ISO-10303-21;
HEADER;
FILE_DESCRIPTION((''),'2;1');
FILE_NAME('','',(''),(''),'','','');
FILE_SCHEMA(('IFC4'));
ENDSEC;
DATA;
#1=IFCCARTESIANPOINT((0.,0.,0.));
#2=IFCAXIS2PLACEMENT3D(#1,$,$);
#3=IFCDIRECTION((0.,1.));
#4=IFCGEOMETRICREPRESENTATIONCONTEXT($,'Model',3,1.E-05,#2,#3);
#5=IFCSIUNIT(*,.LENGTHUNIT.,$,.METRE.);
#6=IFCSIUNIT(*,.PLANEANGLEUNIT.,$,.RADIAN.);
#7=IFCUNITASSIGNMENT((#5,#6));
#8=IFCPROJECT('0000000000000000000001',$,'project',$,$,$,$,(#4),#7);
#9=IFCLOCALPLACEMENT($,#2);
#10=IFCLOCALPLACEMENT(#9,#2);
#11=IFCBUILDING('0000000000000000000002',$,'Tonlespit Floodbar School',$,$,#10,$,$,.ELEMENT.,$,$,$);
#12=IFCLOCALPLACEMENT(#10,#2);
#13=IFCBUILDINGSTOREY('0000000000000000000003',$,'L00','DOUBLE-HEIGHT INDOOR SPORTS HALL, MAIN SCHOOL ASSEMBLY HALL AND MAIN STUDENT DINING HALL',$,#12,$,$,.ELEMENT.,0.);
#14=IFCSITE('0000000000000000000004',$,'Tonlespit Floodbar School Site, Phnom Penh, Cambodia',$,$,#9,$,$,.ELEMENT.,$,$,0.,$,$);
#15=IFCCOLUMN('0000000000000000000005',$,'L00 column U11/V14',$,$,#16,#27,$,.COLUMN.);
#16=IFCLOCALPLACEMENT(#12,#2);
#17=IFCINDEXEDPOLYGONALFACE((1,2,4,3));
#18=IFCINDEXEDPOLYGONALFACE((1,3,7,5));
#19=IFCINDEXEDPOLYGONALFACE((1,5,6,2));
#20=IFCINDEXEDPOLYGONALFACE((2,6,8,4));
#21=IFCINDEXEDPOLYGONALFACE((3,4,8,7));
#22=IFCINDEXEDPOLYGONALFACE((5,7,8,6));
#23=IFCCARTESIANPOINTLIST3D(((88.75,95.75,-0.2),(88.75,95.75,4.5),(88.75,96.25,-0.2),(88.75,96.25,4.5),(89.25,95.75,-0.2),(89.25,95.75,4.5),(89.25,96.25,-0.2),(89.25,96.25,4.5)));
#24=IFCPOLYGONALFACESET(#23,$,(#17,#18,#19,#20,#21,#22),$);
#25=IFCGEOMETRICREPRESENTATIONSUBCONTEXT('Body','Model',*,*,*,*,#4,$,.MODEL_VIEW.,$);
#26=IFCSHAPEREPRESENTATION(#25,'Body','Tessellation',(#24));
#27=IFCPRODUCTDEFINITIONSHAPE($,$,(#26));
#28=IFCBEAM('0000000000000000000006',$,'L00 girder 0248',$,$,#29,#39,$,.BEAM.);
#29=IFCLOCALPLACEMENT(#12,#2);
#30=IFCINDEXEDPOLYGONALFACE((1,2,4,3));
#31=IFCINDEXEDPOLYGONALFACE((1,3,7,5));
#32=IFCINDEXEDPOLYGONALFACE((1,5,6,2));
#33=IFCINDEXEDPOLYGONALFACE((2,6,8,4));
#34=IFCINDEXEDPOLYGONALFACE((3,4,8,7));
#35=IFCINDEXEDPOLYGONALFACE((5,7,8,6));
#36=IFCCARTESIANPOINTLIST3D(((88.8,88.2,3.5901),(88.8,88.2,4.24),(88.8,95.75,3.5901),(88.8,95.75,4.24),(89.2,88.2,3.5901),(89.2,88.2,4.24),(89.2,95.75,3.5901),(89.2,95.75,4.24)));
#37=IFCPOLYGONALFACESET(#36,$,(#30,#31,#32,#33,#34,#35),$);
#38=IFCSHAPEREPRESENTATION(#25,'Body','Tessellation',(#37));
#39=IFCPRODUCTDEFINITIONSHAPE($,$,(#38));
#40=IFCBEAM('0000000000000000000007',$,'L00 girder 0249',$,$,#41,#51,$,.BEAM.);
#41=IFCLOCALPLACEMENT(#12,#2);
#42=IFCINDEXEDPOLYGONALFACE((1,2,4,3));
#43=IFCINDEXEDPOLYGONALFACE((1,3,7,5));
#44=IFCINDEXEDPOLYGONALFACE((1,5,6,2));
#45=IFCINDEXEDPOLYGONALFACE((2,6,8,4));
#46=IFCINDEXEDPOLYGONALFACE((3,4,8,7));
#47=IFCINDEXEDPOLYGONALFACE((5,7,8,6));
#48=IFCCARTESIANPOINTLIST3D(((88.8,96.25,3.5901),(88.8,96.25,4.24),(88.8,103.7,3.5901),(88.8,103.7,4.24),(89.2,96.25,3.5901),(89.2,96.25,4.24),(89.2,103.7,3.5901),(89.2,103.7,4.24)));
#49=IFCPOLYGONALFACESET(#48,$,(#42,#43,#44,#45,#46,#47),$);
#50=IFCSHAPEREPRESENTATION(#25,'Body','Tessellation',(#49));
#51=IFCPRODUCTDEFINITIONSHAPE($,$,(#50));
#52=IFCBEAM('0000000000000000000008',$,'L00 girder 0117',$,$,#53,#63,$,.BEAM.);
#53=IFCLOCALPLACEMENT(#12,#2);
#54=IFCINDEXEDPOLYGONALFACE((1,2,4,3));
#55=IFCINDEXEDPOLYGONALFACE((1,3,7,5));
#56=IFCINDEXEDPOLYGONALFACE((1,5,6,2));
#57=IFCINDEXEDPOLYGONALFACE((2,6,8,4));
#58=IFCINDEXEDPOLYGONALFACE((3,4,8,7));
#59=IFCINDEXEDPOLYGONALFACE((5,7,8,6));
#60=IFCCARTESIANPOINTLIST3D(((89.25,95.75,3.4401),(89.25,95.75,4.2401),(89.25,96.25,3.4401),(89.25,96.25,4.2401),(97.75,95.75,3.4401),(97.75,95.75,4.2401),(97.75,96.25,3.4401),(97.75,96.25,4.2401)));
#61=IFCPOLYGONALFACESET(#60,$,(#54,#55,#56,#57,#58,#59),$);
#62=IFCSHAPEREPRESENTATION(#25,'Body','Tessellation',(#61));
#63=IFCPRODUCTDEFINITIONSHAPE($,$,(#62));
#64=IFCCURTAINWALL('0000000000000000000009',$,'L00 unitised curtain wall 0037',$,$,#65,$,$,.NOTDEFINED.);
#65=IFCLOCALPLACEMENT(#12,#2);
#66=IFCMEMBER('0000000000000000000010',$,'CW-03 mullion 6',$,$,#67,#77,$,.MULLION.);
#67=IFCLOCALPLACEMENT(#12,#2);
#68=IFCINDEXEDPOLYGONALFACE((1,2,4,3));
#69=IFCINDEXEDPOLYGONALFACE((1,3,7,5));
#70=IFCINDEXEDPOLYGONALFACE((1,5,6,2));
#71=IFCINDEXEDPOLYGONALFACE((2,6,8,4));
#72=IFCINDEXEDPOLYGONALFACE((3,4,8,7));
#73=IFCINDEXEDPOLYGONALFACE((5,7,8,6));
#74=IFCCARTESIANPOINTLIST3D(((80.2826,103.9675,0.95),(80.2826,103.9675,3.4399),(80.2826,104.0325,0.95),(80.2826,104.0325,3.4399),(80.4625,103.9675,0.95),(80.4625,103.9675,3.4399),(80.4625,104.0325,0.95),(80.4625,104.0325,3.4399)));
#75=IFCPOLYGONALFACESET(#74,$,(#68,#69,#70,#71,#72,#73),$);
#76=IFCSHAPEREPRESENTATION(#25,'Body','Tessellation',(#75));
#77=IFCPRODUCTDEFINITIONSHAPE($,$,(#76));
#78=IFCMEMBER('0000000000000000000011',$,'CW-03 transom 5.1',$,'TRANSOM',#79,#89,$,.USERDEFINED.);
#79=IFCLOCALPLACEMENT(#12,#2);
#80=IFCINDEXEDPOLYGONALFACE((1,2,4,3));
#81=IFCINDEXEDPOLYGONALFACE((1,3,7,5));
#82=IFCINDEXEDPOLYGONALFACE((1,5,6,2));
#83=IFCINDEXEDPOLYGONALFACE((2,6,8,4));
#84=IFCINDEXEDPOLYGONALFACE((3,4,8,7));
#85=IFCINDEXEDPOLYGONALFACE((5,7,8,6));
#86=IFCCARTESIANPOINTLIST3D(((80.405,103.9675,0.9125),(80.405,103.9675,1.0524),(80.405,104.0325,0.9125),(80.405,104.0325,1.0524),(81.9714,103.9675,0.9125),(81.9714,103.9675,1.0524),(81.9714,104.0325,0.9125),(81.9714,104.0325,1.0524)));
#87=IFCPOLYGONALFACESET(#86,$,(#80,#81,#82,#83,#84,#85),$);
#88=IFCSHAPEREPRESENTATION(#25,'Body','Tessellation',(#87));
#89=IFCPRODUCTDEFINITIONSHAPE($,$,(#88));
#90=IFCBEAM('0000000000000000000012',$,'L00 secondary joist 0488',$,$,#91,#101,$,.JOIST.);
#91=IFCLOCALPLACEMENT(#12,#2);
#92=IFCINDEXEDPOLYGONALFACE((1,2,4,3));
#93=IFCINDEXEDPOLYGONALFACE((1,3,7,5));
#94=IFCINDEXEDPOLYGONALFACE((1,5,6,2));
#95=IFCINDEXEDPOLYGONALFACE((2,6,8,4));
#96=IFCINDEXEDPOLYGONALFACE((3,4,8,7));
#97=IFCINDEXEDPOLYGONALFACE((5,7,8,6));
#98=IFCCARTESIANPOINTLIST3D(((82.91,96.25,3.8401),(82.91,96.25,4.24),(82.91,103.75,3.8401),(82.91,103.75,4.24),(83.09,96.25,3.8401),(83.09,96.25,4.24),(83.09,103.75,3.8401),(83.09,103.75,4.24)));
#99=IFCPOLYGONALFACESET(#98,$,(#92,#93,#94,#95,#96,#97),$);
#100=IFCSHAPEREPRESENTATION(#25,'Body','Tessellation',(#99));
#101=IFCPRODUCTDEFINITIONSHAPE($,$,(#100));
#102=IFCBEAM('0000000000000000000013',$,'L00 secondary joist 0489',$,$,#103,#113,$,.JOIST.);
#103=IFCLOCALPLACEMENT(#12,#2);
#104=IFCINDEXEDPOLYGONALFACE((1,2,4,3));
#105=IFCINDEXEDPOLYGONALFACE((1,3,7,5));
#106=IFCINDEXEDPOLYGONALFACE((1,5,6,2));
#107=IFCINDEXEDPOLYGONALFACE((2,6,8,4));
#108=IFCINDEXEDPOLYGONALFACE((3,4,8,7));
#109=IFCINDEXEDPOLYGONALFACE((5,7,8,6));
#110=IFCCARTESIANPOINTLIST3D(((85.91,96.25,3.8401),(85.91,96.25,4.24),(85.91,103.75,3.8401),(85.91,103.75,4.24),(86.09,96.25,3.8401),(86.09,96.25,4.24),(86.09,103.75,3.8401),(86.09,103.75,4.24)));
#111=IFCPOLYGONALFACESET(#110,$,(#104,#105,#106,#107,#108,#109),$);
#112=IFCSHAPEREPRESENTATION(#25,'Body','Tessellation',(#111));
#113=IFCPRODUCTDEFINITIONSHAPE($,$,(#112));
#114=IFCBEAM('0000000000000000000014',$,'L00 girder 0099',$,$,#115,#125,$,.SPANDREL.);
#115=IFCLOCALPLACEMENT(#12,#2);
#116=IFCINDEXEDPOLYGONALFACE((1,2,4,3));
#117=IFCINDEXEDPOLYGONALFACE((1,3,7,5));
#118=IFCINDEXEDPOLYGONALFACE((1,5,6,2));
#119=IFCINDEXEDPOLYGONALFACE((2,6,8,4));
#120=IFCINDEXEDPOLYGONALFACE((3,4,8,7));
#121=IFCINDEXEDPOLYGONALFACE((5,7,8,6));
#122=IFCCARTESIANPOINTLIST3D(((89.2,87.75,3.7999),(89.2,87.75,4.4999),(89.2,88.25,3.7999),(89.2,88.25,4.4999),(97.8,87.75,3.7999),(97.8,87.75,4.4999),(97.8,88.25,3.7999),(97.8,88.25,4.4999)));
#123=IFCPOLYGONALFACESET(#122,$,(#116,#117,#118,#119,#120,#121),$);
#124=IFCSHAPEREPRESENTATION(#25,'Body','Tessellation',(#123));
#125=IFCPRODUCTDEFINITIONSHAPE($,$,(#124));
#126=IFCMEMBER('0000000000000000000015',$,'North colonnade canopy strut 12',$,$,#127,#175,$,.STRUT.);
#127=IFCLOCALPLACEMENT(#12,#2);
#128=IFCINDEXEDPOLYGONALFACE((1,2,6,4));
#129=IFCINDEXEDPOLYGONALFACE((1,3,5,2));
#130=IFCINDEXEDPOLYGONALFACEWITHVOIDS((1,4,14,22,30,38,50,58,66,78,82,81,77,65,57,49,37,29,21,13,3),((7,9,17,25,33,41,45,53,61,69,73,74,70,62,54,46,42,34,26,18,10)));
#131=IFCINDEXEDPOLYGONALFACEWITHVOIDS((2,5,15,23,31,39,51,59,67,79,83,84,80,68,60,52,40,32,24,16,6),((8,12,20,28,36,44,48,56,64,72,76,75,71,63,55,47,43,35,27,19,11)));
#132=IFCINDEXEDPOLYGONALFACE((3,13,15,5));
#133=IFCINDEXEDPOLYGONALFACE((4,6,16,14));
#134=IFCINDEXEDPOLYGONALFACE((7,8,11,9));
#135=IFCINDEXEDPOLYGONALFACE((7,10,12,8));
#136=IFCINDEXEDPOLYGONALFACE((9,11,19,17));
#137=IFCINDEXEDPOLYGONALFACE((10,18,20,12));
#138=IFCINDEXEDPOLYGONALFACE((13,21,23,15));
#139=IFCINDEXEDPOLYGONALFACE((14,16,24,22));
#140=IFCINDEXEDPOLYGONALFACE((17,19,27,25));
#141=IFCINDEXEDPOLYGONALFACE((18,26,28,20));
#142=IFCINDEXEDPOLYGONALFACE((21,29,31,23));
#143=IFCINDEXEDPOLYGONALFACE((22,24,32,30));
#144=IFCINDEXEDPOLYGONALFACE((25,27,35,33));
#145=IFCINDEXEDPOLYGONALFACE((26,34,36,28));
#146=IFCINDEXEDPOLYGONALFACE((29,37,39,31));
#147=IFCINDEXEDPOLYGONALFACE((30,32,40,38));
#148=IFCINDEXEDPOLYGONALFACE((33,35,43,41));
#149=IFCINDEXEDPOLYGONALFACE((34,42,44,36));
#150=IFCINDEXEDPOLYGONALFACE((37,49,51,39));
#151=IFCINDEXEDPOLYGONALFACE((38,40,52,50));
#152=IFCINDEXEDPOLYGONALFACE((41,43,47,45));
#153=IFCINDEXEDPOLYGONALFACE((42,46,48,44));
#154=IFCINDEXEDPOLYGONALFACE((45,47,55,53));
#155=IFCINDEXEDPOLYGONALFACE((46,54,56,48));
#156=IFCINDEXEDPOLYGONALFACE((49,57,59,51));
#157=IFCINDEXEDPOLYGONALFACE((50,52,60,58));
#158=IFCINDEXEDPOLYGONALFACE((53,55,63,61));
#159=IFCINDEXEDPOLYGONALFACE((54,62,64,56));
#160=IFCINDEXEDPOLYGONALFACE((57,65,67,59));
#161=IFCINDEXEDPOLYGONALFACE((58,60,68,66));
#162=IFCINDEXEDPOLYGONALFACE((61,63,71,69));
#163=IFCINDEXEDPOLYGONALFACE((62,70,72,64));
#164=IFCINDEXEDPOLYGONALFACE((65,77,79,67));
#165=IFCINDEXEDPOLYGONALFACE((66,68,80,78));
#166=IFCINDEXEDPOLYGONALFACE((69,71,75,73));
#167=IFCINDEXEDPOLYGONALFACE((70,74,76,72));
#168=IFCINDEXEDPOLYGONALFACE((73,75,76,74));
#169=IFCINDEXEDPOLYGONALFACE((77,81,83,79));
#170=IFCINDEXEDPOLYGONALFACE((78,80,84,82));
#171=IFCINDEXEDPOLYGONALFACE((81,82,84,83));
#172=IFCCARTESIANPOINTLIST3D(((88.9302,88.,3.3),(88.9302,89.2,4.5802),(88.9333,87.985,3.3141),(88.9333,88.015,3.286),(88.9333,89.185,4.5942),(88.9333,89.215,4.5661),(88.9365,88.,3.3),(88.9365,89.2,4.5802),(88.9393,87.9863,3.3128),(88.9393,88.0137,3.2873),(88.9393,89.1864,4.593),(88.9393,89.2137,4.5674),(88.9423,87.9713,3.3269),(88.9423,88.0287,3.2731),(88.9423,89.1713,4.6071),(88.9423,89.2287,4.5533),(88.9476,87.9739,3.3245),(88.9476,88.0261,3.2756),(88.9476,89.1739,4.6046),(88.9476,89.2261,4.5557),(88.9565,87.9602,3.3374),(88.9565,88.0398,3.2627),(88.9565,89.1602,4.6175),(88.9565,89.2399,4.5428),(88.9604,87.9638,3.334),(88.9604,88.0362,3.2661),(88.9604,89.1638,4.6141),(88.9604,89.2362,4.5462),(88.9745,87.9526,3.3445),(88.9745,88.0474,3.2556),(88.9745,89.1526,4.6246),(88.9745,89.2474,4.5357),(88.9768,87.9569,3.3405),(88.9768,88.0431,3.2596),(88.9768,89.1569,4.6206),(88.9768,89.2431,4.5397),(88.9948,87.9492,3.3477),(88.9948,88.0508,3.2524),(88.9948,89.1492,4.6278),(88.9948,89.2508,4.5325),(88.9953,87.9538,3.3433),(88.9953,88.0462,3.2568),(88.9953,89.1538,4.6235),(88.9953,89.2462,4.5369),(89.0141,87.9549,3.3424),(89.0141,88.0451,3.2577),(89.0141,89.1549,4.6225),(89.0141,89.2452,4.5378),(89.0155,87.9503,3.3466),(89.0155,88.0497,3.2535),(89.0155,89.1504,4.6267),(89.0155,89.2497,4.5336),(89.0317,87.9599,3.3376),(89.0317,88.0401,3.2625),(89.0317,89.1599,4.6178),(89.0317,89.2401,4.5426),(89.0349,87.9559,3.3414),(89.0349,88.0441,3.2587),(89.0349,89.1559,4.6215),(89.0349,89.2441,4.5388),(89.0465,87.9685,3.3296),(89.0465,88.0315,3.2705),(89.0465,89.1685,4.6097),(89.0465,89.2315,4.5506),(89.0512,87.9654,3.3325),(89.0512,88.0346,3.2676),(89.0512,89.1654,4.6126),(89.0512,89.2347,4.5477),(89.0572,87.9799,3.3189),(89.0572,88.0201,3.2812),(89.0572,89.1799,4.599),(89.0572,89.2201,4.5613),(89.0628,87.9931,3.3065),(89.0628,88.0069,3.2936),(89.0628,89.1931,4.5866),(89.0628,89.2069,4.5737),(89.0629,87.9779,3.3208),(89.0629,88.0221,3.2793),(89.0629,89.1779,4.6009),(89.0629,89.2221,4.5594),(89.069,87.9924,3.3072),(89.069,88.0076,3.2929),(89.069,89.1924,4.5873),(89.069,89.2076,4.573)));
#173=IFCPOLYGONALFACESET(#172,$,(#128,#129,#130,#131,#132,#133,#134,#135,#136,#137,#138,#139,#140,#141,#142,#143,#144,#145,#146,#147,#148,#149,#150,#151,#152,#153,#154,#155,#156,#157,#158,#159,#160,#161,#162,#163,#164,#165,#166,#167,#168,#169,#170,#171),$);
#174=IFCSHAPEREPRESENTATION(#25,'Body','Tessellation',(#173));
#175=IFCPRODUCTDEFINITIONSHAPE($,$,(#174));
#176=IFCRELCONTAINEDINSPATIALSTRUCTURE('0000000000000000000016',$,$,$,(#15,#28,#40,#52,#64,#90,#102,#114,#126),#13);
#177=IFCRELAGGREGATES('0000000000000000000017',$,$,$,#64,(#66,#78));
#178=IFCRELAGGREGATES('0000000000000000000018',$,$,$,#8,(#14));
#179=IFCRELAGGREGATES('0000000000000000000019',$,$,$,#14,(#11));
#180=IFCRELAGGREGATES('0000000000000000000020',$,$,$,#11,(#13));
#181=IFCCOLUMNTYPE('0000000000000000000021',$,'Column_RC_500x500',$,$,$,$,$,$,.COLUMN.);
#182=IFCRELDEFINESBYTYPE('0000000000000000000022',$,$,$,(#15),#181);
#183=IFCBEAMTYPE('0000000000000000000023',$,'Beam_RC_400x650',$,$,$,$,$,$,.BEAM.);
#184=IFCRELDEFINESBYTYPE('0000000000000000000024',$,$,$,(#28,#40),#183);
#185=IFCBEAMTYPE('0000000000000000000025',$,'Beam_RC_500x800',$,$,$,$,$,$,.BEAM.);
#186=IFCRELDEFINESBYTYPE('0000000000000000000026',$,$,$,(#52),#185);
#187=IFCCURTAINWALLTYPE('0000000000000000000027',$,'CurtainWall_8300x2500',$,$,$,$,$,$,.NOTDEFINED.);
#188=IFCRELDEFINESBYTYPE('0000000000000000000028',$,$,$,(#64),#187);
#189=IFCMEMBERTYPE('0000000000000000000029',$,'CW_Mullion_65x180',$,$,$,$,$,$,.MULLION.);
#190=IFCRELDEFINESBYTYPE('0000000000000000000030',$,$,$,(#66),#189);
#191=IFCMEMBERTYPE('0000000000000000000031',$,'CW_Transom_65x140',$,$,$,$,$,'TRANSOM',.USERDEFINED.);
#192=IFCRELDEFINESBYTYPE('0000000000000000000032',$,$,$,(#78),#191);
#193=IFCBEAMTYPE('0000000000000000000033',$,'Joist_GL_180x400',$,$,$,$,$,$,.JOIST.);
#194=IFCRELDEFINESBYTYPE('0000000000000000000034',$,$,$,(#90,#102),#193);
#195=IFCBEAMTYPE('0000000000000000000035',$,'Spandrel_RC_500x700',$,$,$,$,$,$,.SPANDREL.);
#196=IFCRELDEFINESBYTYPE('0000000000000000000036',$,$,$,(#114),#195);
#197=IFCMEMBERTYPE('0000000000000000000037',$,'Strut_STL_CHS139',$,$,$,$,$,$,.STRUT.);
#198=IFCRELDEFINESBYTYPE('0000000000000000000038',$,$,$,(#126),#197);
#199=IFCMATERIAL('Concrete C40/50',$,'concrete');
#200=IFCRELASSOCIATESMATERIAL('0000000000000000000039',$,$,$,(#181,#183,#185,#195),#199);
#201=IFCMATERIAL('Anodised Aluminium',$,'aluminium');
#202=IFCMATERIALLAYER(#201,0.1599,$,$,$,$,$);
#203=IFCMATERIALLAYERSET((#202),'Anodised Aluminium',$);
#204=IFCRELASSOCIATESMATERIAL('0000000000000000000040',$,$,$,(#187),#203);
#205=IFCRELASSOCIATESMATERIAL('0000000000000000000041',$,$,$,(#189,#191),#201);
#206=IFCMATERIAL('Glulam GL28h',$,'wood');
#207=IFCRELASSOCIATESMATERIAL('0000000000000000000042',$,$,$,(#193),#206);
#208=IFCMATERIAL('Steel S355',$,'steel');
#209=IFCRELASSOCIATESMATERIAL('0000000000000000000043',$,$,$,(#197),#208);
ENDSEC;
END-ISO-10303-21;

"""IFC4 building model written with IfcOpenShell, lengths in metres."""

from ifc_helpers import new_model, si_unit, direction, frame, origin, origin_2d, place, context, subcontext, project, spatial, rectangle, hollow_circle, extrude, material, layer, layer_set, material_profile, profile_set, type_object, element, aggregate, save


model = new_model("IFC4")

# Units and contexts
model_context = context("Model", 3, precision=1e-05, world=origin(), true_north=direction((0.0, 1.0)))
body_context = subcontext(model_context, "Body", "Model", "MODEL_VIEW")
ifc_project = project(units=[si_unit("LENGTHUNIT", "METRE"), si_unit("PLANEANGLEUNIT", "RADIAN")], contexts=[model_context])

# Site, building, storey
site_placement = place(None, origin())
site = spatial("IfcSite", under=ifc_project, at=site_placement, Name="Tonlespit Floodbar School Site, Phnom Penh, Cambodia", CompositionType="ELEMENT", RefElevation=0.0)
building_placement = place(site_placement, origin())
building = spatial("IfcBuilding", under=site, at=building_placement, Name="Tonlespit Floodbar School", CompositionType="ELEMENT")
storey_placement = place(building_placement, origin())
storey = spatial("IfcBuildingStorey", under=building, at=storey_placement, Name="L00", Description="DOUBLE-HEIGHT INDOOR SPORTS HALL, MAIN SCHOOL ASSEMBLY HALL AND MAIN STUDENT DINING HALL", CompositionType="ELEMENT", Elevation=0.0)

# Shared definitions
ifc_material_1 = material(Name="Concrete C40/50", Category="concrete")

# Column
ifc_material_profile_1 = material_profile(ifc_material_1, rectangle(XDim=0.5, YDim=0.5, at=origin_2d()), Name="RC 500x500")
ifc_profile_set_1 = profile_set([ifc_material_profile_1], Name="Concrete C40/50")
column_type_1 = type_object("IfcColumnType", Name="Column_RC_500x500", PredefinedType="COLUMN", material=ifc_profile_set_1)
column_placement = place(storey_placement, frame((89.0, 96.0, -0.2), z_axis=(0.0, 0.0, 1.0), x_axis=(1.0, 0.0, 0.0)))
element("IfcColumn", 1, at=column_placement, inside=storey, type_object=column_type_1, Name="L00 column U11/V14", PredefinedType="COLUMN", context=body_context, shape_type="SweptSolid", body=[
    extrude(rectangle(XDim=0.5, YDim=0.5, at=origin_2d()), origin(), (0.0, 0.0, 1.0), 4.7),
])

# Beams
ifc_material_profile_2 = material_profile(ifc_material_1, rectangle(XDim=0.3999, YDim=0.6499, at=origin_2d()), Name="RC 400x650")
ifc_profile_set_2 = profile_set([ifc_material_profile_2], Name="Concrete C40/50")
beam_type_1 = type_object("IfcBeamType", Name="Beam_RC_400x650", PredefinedType="BEAM", material=ifc_profile_set_2)
beam_1_placement = place(storey_placement, frame((89.0, 88.2, 3.915), z_axis=(0.0, 1.0, 0.0), x_axis=(-1.0, 0.0, 0.0)))
element("IfcBeam", 2, at=beam_1_placement, inside=storey, type_object=beam_type_1, Name="L00 girder 0248", PredefinedType="BEAM", context=body_context, shape_type="SweptSolid", body=[
    extrude(rectangle(XDim=0.3999, YDim=0.6499, at=origin_2d()), origin(), (0.0, 0.0, 1.0), 7.55),
])
beam_2_placement = place(storey_placement, frame((89.0, 96.25, 3.915), z_axis=(0.0, 1.0, 0.0), x_axis=(-1.0, 0.0, 0.0)))
element("IfcBeam", 3, at=beam_2_placement, inside=storey, type_object=beam_type_1, Name="L00 girder 0249", PredefinedType="BEAM", context=body_context, shape_type="SweptSolid", body=[
    extrude(rectangle(XDim=0.3999, YDim=0.6499, at=origin_2d()), origin(), (0.0, 0.0, 1.0), 7.45),
])
ifc_material_profile_3 = material_profile(ifc_material_1, rectangle(XDim=0.5, YDim=0.8, at=origin_2d()), Name="RC 500x800")
ifc_profile_set_3 = profile_set([ifc_material_profile_3], Name="Concrete C40/50")
beam_type_2 = type_object("IfcBeamType", Name="Beam_RC_500x800", PredefinedType="BEAM", material=ifc_profile_set_3)
beam_3_placement = place(storey_placement, frame((89.25, 96.0, 3.8401), z_axis=(1.0, 0.0, 0.0), x_axis=(0.0, 1.0, 0.0)))
element("IfcBeam", 4, at=beam_3_placement, inside=storey, type_object=beam_type_2, Name="L00 girder 0117", PredefinedType="BEAM", context=body_context, shape_type="SweptSolid", body=[
    extrude(rectangle(XDim=0.5, YDim=0.8, at=origin_2d()), origin(), (0.0, 0.0, 1.0), 8.5),
])

# Curtain wall, members
ifc_material_2 = material(Name="Anodised Aluminium", Category="aluminium")
ifc_layer_1 = layer(ifc_material_2, 0.1599)
ifc_layer_set_1 = layer_set([ifc_layer_1], Name="Anodised Aluminium")
curtain_wall_type = type_object("IfcCurtainWallType", Name="CurtainWall_8300x2500", PredefinedType="NOTDEFINED", material=ifc_layer_set_1)
curtain_wall_placement = place(storey_placement, origin())
curtain_wall = element("IfcCurtainWall", 5, at=curtain_wall_placement, inside=storey, type_object=curtain_wall_type, Name="L00 unitised curtain wall 0037", PredefinedType="NOTDEFINED")
ifc_material_profile_4 = material_profile(ifc_material_2, rectangle(XDim=0.0649, YDim=0.1799, at=origin_2d()), Name="ALU M65x180")
ifc_profile_set_4 = profile_set([ifc_material_profile_4], Name="Anodised Aluminium")
member_type_1 = type_object("IfcMemberType", Name="CW_Mullion_65x180", PredefinedType="MULLION", material=ifc_profile_set_4)
member_1_placement = place(storey_placement, frame((80.3726, 104.0, 0.95), z_axis=(0.0, 0.0, 1.0), x_axis=(0.0, -1.0, 0.0)))
member_1 = element("IfcMember", 6, at=member_1_placement, type_object=member_type_1, Name="CW-03 mullion 6", PredefinedType="MULLION", context=body_context, shape_type="SweptSolid", body=[
    extrude(rectangle(XDim=0.0649, YDim=0.1799, at=origin_2d()), origin(), (0.0, 0.0, 1.0), 2.49),
])
ifc_material_profile_5 = material_profile(ifc_material_2, rectangle(XDim=0.0649, YDim=0.1399, at=origin_2d()), Name="ALU T65x140")
ifc_profile_set_5 = profile_set([ifc_material_profile_5], Name="Anodised Aluminium")
member_type_2 = type_object("IfcMemberType", Name="CW_Transom_65x140", ElementType="TRANSOM", PredefinedType="USERDEFINED", material=ifc_profile_set_5)
member_2_placement = place(storey_placement, frame((81.9714, 104.0, 0.9824), z_axis=(-1.0, 0.0, 0.0), x_axis=(0.0, -1.0, 0.0)))
member_2 = element("IfcMember", 7, at=member_2_placement, type_object=member_type_2, Name="CW-03 transom 5.1", ObjectType="TRANSOM", PredefinedType="USERDEFINED", context=body_context, shape_type="SweptSolid", body=[
    extrude(rectangle(XDim=0.0649, YDim=0.1399, at=origin_2d()), origin(), (0.0, 0.0, 1.0), 1.5664),
])

# Beams
ifc_material_3 = material(Name="Glulam GL28h", Category="wood")
ifc_material_profile_6 = material_profile(ifc_material_3, rectangle(XDim=0.1799, YDim=0.3999, at=origin_2d()), Name="GL 180x400")
ifc_profile_set_6 = profile_set([ifc_material_profile_6], Name="Glulam GL28h")
beam_type_3 = type_object("IfcBeamType", Name="Joist_GL_180x400", PredefinedType="JOIST", material=ifc_profile_set_6)
for number, where, z_axis, x_axis, name in (
    (8, (83.0, 96.25, 4.04), (0.0, 1.0, 0.0), (-1.0, 0.0, 0.0), "L00 secondary joist 0488"),
    (9, (86.0, 96.25, 4.04), (0.0, 1.0, 0.0), (-1.0, 0.0, 0.0), "L00 secondary joist 0489"),
):
    element("IfcBeam", number, at=place(storey_placement, frame(where, z_axis=z_axis, x_axis=x_axis)), inside=storey, type_object=beam_type_3, Name=name, PredefinedType="JOIST", context=body_context, shape_type="SweptSolid", body=[
        extrude(rectangle(XDim=0.1799, YDim=0.3999, at=origin_2d()), origin(), (0.0, 0.0, 1.0), 7.5),
    ])
ifc_material_profile_7 = material_profile(ifc_material_1, rectangle(XDim=0.5, YDim=0.7, at=origin_2d()), Name="RC 500x700")
ifc_profile_set_7 = profile_set([ifc_material_profile_7], Name="Concrete C40/50")
beam_type_4 = type_object("IfcBeamType", Name="Spandrel_RC_500x700", PredefinedType="SPANDREL", material=ifc_profile_set_7)
beam_4_placement = place(storey_placement, frame((89.2, 88.0, 4.1499), z_axis=(1.0, 0.0, 0.0), x_axis=(0.0, 1.0, 0.0)))
element("IfcBeam", 10, at=beam_4_placement, inside=storey, type_object=beam_type_4, Name="L00 girder 0099", PredefinedType="SPANDREL", context=body_context, shape_type="SweptSolid", body=[
    extrude(rectangle(XDim=0.5, YDim=0.7, at=origin_2d()), origin(), (0.0, 0.0, 1.0), 8.6001),
])

# Member
ifc_material_4 = material(Name="Steel S355", Category="steel")
ifc_material_profile_8 = material_profile(ifc_material_4, hollow_circle(Radius=0.0698, WallThickness=0.0063, at=origin_2d()), Name="CHS 139.7x6.3")
ifc_profile_set_8 = profile_set([ifc_material_profile_8], Name="Steel S355")
member_type_3 = type_object("IfcMemberType", Name="Strut_STL_CHS139", PredefinedType="STRUT", material=ifc_profile_set_8)
member_3_placement = place(storey_placement, frame((89.0, 88.0, 3.3), z_axis=(0.0, 0.683918, 0.729559), x_axis=(-1.0, 0.0, 0.0)))
element("IfcMember", 11, at=member_3_placement, inside=storey, type_object=member_type_3, Name="North colonnade canopy strut 12", PredefinedType="STRUT", context=body_context, shape_type="SweptSolid", body=[
    extrude(hollow_circle(Radius=0.0698, WallThickness=0.0063, at=origin_2d()), origin(), (0.0, 0.0, 1.0), 1.7546),
])

aggregate(curtain_wall, [member_1, member_2])

save(model, "model.ifc")
